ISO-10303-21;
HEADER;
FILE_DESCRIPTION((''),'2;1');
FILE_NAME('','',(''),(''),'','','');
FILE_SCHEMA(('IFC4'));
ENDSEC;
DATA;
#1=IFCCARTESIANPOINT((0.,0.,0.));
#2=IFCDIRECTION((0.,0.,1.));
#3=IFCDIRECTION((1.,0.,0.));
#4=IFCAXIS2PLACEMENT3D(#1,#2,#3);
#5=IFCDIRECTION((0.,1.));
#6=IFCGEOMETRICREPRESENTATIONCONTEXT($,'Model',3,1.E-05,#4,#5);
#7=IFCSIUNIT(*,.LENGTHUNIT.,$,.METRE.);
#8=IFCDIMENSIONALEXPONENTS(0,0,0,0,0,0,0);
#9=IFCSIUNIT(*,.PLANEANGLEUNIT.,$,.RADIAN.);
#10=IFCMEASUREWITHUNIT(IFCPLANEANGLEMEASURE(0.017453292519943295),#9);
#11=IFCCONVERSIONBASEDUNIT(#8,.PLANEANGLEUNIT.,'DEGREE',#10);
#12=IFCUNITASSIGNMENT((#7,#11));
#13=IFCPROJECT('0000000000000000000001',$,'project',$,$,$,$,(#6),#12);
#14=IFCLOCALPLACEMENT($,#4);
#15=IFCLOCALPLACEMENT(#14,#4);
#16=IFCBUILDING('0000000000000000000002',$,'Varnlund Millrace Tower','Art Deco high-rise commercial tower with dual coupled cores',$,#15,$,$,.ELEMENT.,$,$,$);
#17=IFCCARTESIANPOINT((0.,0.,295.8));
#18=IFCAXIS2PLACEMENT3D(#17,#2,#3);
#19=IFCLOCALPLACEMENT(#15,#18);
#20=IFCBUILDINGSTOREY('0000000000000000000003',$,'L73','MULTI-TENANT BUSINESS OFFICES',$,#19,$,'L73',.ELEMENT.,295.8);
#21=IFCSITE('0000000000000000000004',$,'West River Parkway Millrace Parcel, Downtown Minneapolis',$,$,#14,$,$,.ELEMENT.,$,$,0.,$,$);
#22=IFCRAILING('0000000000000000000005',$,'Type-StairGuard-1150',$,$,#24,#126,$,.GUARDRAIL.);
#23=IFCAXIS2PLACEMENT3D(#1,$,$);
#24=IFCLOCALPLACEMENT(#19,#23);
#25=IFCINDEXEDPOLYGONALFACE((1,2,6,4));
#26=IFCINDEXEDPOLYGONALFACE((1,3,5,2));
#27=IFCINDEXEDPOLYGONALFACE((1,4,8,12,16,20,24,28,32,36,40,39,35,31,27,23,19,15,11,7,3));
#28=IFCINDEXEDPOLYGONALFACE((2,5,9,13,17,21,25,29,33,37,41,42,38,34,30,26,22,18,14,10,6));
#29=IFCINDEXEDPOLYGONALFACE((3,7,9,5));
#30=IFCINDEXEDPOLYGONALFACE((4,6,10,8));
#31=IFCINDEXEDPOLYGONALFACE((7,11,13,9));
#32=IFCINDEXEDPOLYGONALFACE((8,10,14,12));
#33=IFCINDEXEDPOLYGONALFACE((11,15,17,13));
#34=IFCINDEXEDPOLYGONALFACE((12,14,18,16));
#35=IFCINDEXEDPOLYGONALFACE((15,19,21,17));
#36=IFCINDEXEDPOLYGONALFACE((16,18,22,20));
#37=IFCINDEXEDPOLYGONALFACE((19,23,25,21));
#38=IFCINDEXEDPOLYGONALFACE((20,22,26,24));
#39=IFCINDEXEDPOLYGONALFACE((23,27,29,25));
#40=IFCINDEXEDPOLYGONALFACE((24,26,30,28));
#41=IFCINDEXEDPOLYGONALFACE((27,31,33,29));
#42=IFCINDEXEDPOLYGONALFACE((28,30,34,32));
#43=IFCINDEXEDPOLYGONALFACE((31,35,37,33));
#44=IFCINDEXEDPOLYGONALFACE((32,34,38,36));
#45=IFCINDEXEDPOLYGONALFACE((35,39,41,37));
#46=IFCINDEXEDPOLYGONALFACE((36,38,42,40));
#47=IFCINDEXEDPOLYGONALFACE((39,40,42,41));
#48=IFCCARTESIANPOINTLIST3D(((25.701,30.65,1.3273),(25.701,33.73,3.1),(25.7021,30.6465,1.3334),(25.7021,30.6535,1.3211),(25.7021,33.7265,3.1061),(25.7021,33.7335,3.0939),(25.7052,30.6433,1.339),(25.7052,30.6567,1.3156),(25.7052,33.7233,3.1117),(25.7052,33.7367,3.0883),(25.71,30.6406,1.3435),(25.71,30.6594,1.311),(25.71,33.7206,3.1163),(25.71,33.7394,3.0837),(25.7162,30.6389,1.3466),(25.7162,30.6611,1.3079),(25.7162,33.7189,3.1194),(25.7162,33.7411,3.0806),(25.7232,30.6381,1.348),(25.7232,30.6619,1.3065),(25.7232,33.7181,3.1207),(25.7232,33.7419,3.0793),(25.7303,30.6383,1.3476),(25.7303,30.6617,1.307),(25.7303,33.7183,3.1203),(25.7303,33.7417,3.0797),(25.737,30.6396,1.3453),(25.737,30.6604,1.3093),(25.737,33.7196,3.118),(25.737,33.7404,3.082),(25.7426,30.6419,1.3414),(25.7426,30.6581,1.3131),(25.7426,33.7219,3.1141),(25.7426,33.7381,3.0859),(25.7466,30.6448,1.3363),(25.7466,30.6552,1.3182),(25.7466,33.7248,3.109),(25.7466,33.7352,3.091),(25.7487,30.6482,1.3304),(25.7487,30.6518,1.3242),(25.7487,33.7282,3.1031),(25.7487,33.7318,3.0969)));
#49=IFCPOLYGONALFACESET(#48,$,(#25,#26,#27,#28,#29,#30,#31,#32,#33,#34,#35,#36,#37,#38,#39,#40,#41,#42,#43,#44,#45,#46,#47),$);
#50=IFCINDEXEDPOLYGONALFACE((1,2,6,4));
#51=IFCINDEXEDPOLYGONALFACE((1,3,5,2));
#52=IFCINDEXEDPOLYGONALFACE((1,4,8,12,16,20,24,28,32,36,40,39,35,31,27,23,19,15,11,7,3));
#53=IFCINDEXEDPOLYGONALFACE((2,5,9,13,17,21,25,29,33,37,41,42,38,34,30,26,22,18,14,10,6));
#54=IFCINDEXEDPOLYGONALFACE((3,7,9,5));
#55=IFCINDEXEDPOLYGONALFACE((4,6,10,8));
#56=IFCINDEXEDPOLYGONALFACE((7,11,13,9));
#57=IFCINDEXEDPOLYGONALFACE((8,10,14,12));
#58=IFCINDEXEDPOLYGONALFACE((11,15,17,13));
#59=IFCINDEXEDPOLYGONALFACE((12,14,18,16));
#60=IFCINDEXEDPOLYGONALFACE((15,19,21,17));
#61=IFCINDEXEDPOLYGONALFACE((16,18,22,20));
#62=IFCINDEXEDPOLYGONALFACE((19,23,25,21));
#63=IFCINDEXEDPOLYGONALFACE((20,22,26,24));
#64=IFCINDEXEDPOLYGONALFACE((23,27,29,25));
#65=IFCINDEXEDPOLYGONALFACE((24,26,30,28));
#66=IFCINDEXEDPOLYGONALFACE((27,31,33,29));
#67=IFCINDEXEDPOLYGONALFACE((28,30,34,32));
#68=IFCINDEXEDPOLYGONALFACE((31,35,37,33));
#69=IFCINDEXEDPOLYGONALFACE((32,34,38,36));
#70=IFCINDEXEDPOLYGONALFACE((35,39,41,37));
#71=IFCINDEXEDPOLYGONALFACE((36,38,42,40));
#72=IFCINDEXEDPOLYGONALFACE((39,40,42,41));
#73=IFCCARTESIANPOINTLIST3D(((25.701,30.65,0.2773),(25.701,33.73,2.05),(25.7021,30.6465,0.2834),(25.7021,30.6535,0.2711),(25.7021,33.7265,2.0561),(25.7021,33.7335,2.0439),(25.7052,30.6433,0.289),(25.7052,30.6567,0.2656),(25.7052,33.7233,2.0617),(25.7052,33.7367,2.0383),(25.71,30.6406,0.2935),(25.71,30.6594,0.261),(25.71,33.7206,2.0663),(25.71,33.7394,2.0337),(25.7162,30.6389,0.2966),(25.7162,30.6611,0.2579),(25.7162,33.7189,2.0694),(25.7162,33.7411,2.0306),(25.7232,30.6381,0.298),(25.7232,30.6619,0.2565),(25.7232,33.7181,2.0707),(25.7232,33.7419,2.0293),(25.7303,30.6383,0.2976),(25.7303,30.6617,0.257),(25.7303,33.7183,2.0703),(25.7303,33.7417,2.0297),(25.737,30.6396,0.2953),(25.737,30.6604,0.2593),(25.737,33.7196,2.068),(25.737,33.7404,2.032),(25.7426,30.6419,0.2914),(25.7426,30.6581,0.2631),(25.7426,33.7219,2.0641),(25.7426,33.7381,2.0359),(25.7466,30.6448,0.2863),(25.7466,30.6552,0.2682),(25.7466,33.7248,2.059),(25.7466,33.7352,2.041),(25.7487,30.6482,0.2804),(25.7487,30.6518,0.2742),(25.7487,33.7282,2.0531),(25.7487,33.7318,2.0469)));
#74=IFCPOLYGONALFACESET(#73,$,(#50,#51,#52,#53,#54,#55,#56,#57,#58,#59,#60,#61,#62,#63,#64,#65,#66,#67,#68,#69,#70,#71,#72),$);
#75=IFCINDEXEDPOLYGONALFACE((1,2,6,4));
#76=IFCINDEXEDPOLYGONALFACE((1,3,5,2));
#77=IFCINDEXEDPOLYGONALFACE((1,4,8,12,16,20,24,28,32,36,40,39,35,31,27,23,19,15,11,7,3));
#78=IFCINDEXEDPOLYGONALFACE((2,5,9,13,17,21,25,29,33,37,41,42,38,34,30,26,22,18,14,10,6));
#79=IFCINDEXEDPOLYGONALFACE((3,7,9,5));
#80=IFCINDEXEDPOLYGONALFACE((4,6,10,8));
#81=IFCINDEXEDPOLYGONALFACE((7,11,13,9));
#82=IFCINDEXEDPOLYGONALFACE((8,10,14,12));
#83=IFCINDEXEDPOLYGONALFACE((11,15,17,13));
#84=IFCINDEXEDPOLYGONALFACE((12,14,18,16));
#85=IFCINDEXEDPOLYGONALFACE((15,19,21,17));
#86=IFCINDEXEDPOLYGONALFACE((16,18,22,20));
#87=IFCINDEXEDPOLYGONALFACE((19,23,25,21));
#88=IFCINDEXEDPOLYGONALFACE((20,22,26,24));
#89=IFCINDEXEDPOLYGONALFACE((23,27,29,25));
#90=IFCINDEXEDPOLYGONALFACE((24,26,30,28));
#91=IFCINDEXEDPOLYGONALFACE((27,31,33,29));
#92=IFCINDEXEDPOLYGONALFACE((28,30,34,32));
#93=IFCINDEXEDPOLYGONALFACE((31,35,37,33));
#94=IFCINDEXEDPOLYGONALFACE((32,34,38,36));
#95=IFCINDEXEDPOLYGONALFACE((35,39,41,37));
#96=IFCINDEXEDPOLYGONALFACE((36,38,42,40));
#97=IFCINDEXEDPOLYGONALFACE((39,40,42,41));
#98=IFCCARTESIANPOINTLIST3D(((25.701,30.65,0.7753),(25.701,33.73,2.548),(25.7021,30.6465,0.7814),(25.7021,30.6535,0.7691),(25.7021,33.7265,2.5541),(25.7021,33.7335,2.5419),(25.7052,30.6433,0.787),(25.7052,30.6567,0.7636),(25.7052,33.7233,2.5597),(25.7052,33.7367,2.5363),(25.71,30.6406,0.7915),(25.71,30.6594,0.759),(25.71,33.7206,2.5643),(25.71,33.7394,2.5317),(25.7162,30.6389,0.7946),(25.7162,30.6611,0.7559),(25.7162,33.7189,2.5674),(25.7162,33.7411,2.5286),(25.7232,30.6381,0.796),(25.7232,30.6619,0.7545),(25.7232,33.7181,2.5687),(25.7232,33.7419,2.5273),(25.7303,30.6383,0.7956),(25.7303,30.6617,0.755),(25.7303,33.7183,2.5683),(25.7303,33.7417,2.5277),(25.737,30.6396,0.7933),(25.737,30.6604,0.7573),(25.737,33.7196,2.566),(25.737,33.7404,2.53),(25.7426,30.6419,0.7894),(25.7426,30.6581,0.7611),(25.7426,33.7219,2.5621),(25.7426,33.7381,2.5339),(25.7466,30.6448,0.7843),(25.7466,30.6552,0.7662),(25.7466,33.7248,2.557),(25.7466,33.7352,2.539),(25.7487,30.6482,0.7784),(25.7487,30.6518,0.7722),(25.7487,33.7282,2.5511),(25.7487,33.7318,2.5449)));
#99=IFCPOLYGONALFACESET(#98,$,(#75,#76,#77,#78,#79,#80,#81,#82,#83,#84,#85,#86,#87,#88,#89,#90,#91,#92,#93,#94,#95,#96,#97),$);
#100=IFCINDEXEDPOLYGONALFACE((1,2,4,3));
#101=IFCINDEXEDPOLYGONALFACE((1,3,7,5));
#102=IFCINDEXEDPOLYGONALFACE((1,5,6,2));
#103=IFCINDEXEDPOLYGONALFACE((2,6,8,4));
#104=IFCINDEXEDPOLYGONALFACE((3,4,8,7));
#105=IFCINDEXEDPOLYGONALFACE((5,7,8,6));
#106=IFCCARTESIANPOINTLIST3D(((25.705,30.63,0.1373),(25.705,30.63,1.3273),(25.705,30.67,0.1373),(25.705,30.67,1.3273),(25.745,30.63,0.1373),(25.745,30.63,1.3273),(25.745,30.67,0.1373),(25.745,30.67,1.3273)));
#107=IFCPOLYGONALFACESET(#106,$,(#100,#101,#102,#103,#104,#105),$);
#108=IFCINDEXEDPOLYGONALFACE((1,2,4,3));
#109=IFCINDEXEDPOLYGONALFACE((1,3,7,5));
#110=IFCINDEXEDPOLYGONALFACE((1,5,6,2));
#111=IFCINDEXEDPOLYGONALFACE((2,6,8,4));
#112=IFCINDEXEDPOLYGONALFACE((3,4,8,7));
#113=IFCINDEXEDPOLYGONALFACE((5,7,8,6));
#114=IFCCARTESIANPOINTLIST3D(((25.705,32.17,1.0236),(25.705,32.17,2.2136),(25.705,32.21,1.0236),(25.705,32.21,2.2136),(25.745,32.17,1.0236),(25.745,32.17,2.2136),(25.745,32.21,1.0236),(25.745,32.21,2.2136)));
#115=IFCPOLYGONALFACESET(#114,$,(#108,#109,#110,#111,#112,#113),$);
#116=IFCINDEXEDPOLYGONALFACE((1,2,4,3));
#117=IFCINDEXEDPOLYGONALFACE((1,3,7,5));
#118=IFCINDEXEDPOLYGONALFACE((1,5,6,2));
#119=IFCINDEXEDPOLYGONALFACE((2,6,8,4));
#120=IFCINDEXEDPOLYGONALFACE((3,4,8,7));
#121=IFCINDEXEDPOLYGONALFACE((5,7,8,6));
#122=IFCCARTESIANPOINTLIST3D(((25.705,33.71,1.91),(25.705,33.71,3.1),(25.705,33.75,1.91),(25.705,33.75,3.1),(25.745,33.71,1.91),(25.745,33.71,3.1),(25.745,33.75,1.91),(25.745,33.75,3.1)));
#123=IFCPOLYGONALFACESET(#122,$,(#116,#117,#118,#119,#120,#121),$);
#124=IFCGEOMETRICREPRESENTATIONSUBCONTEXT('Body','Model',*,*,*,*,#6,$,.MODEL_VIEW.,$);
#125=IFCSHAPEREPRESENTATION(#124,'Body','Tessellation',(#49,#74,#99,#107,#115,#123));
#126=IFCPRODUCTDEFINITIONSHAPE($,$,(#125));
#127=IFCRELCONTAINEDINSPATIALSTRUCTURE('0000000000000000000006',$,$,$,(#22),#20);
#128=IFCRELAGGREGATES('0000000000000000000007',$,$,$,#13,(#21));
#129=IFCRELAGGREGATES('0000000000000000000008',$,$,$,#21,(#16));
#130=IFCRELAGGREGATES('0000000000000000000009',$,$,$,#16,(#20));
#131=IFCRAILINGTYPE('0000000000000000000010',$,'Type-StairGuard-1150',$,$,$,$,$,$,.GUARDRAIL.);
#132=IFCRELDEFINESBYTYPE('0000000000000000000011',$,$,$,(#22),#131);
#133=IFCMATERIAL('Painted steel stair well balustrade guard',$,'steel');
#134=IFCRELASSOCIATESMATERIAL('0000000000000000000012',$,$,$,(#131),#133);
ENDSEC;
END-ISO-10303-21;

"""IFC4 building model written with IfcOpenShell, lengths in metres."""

from ifc_helpers import new_model, entity, si_unit, converted_unit, direction, frame, origin_with_axes, origin_2d_with_axis, place, context, subcontext, project, spatial, rectangle, circle, extrude, material, type_object, element, save


model = new_model("IFC4")

# Units and contexts
model_context = context("Model", 3, precision=1e-05, world=origin_with_axes(), true_north=direction((0.0, 1.0)))
body_context = subcontext(model_context, "Body", "Model", "MODEL_VIEW")
ifc_project = project(units=[si_unit("LENGTHUNIT", "METRE"), converted_unit("PLANEANGLEUNIT", "DEGREE", entity("IfcPlaneAngleMeasure", 0.017453292519943295), si_unit("PLANEANGLEUNIT", "RADIAN"), dimensions=[0, 0, 0, 0, 0, 0, 0])], contexts=[model_context])

# Site, building, storey
site_placement = place(None, origin_with_axes())
site = spatial("IfcSite", under=ifc_project, at=site_placement, Name="West River Parkway Millrace Parcel, Downtown Minneapolis", CompositionType="ELEMENT", RefElevation=0.0)
building_placement = place(site_placement, origin_with_axes())
building = spatial("IfcBuilding", under=site, at=building_placement, Name="Varnlund Millrace Tower", Description="Art Deco high-rise commercial tower with dual coupled cores", CompositionType="ELEMENT")
storey_placement = place(building_placement, frame((0.0, 0.0, 295.8), z_axis=(0.0, 0.0, 1.0), x_axis=(1.0, 0.0, 0.0)))
storey = spatial("IfcBuildingStorey", under=building, at=storey_placement, Name="L73", Description="MULTI-TENANT BUSINESS OFFICES", LongName="L73", CompositionType="ELEMENT", Elevation=295.8)

# Railing
ifc_material_1 = material(Name="Painted steel stair well balustrade guard", Category="steel")
railing_type_1 = type_object("IfcRailingType", Name="Type-StairGuard-1150", PredefinedType="GUARDRAIL", material=ifc_material_1)
railing_1_placement = place(storey_placement, frame((0.0, 0.0, -295.8), z_axis=(0.0, 0.0, 1.0), x_axis=(1.0, 0.0, 0.0)))
element("IfcRailing", 1, at=railing_1_placement, inside=storey, type_object=railing_type_1, Name="Type-StairGuard-1150", PredefinedType="GUARDRAIL", context=body_context, shape_type="SweptSolid", body=[
    extrude(circle(Radius=0.024, at=origin_2d_with_axis()), frame((25.725, 30.65, 297.1273), z_axis=(0.0, 0.866696, 0.498836), x_axis=(-1.0, 0.0, 0.0)), (0.0, 0.0, 1.0), 3.5537),
    extrude(circle(Radius=0.024, at=origin_2d_with_axis()), frame((25.725, 30.65, 296.0773), z_axis=(0.0, 0.866696, 0.498836), x_axis=(-1.0, 0.0, 0.0)), (0.0, 0.0, 1.0), 3.5537),
    extrude(circle(Radius=0.024, at=origin_2d_with_axis()), frame((25.725, 30.65, 296.5753), z_axis=(0.0, 0.866696, 0.498836), x_axis=(-1.0, 0.0, 0.0)), (0.0, 0.0, 1.0), 3.5537),
    extrude(rectangle(XDim=0.04, YDim=0.04, at=origin_2d_with_axis()), frame((25.725, 30.65, 295.9373), z_axis=(0.0, 0.0, 1.0), x_axis=(1.0, 0.0, 0.0)), (0.0, 0.0, 1.0), 1.19),
    extrude(rectangle(XDim=0.04, YDim=0.04, at=origin_2d_with_axis()), frame((25.725, 32.19, 296.8236), z_axis=(0.0, 0.0, 1.0), x_axis=(1.0, 0.0, 0.0)), (0.0, 0.0, 1.0), 1.19),
    extrude(rectangle(XDim=0.04, YDim=0.04, at=origin_2d_with_axis()), frame((25.725, 33.73, 297.71), z_axis=(0.0, 0.0, 1.0), x_axis=(1.0, 0.0, 0.0)), (0.0, 0.0, 1.0), 1.19),
])

save(model, "model.ifc")
